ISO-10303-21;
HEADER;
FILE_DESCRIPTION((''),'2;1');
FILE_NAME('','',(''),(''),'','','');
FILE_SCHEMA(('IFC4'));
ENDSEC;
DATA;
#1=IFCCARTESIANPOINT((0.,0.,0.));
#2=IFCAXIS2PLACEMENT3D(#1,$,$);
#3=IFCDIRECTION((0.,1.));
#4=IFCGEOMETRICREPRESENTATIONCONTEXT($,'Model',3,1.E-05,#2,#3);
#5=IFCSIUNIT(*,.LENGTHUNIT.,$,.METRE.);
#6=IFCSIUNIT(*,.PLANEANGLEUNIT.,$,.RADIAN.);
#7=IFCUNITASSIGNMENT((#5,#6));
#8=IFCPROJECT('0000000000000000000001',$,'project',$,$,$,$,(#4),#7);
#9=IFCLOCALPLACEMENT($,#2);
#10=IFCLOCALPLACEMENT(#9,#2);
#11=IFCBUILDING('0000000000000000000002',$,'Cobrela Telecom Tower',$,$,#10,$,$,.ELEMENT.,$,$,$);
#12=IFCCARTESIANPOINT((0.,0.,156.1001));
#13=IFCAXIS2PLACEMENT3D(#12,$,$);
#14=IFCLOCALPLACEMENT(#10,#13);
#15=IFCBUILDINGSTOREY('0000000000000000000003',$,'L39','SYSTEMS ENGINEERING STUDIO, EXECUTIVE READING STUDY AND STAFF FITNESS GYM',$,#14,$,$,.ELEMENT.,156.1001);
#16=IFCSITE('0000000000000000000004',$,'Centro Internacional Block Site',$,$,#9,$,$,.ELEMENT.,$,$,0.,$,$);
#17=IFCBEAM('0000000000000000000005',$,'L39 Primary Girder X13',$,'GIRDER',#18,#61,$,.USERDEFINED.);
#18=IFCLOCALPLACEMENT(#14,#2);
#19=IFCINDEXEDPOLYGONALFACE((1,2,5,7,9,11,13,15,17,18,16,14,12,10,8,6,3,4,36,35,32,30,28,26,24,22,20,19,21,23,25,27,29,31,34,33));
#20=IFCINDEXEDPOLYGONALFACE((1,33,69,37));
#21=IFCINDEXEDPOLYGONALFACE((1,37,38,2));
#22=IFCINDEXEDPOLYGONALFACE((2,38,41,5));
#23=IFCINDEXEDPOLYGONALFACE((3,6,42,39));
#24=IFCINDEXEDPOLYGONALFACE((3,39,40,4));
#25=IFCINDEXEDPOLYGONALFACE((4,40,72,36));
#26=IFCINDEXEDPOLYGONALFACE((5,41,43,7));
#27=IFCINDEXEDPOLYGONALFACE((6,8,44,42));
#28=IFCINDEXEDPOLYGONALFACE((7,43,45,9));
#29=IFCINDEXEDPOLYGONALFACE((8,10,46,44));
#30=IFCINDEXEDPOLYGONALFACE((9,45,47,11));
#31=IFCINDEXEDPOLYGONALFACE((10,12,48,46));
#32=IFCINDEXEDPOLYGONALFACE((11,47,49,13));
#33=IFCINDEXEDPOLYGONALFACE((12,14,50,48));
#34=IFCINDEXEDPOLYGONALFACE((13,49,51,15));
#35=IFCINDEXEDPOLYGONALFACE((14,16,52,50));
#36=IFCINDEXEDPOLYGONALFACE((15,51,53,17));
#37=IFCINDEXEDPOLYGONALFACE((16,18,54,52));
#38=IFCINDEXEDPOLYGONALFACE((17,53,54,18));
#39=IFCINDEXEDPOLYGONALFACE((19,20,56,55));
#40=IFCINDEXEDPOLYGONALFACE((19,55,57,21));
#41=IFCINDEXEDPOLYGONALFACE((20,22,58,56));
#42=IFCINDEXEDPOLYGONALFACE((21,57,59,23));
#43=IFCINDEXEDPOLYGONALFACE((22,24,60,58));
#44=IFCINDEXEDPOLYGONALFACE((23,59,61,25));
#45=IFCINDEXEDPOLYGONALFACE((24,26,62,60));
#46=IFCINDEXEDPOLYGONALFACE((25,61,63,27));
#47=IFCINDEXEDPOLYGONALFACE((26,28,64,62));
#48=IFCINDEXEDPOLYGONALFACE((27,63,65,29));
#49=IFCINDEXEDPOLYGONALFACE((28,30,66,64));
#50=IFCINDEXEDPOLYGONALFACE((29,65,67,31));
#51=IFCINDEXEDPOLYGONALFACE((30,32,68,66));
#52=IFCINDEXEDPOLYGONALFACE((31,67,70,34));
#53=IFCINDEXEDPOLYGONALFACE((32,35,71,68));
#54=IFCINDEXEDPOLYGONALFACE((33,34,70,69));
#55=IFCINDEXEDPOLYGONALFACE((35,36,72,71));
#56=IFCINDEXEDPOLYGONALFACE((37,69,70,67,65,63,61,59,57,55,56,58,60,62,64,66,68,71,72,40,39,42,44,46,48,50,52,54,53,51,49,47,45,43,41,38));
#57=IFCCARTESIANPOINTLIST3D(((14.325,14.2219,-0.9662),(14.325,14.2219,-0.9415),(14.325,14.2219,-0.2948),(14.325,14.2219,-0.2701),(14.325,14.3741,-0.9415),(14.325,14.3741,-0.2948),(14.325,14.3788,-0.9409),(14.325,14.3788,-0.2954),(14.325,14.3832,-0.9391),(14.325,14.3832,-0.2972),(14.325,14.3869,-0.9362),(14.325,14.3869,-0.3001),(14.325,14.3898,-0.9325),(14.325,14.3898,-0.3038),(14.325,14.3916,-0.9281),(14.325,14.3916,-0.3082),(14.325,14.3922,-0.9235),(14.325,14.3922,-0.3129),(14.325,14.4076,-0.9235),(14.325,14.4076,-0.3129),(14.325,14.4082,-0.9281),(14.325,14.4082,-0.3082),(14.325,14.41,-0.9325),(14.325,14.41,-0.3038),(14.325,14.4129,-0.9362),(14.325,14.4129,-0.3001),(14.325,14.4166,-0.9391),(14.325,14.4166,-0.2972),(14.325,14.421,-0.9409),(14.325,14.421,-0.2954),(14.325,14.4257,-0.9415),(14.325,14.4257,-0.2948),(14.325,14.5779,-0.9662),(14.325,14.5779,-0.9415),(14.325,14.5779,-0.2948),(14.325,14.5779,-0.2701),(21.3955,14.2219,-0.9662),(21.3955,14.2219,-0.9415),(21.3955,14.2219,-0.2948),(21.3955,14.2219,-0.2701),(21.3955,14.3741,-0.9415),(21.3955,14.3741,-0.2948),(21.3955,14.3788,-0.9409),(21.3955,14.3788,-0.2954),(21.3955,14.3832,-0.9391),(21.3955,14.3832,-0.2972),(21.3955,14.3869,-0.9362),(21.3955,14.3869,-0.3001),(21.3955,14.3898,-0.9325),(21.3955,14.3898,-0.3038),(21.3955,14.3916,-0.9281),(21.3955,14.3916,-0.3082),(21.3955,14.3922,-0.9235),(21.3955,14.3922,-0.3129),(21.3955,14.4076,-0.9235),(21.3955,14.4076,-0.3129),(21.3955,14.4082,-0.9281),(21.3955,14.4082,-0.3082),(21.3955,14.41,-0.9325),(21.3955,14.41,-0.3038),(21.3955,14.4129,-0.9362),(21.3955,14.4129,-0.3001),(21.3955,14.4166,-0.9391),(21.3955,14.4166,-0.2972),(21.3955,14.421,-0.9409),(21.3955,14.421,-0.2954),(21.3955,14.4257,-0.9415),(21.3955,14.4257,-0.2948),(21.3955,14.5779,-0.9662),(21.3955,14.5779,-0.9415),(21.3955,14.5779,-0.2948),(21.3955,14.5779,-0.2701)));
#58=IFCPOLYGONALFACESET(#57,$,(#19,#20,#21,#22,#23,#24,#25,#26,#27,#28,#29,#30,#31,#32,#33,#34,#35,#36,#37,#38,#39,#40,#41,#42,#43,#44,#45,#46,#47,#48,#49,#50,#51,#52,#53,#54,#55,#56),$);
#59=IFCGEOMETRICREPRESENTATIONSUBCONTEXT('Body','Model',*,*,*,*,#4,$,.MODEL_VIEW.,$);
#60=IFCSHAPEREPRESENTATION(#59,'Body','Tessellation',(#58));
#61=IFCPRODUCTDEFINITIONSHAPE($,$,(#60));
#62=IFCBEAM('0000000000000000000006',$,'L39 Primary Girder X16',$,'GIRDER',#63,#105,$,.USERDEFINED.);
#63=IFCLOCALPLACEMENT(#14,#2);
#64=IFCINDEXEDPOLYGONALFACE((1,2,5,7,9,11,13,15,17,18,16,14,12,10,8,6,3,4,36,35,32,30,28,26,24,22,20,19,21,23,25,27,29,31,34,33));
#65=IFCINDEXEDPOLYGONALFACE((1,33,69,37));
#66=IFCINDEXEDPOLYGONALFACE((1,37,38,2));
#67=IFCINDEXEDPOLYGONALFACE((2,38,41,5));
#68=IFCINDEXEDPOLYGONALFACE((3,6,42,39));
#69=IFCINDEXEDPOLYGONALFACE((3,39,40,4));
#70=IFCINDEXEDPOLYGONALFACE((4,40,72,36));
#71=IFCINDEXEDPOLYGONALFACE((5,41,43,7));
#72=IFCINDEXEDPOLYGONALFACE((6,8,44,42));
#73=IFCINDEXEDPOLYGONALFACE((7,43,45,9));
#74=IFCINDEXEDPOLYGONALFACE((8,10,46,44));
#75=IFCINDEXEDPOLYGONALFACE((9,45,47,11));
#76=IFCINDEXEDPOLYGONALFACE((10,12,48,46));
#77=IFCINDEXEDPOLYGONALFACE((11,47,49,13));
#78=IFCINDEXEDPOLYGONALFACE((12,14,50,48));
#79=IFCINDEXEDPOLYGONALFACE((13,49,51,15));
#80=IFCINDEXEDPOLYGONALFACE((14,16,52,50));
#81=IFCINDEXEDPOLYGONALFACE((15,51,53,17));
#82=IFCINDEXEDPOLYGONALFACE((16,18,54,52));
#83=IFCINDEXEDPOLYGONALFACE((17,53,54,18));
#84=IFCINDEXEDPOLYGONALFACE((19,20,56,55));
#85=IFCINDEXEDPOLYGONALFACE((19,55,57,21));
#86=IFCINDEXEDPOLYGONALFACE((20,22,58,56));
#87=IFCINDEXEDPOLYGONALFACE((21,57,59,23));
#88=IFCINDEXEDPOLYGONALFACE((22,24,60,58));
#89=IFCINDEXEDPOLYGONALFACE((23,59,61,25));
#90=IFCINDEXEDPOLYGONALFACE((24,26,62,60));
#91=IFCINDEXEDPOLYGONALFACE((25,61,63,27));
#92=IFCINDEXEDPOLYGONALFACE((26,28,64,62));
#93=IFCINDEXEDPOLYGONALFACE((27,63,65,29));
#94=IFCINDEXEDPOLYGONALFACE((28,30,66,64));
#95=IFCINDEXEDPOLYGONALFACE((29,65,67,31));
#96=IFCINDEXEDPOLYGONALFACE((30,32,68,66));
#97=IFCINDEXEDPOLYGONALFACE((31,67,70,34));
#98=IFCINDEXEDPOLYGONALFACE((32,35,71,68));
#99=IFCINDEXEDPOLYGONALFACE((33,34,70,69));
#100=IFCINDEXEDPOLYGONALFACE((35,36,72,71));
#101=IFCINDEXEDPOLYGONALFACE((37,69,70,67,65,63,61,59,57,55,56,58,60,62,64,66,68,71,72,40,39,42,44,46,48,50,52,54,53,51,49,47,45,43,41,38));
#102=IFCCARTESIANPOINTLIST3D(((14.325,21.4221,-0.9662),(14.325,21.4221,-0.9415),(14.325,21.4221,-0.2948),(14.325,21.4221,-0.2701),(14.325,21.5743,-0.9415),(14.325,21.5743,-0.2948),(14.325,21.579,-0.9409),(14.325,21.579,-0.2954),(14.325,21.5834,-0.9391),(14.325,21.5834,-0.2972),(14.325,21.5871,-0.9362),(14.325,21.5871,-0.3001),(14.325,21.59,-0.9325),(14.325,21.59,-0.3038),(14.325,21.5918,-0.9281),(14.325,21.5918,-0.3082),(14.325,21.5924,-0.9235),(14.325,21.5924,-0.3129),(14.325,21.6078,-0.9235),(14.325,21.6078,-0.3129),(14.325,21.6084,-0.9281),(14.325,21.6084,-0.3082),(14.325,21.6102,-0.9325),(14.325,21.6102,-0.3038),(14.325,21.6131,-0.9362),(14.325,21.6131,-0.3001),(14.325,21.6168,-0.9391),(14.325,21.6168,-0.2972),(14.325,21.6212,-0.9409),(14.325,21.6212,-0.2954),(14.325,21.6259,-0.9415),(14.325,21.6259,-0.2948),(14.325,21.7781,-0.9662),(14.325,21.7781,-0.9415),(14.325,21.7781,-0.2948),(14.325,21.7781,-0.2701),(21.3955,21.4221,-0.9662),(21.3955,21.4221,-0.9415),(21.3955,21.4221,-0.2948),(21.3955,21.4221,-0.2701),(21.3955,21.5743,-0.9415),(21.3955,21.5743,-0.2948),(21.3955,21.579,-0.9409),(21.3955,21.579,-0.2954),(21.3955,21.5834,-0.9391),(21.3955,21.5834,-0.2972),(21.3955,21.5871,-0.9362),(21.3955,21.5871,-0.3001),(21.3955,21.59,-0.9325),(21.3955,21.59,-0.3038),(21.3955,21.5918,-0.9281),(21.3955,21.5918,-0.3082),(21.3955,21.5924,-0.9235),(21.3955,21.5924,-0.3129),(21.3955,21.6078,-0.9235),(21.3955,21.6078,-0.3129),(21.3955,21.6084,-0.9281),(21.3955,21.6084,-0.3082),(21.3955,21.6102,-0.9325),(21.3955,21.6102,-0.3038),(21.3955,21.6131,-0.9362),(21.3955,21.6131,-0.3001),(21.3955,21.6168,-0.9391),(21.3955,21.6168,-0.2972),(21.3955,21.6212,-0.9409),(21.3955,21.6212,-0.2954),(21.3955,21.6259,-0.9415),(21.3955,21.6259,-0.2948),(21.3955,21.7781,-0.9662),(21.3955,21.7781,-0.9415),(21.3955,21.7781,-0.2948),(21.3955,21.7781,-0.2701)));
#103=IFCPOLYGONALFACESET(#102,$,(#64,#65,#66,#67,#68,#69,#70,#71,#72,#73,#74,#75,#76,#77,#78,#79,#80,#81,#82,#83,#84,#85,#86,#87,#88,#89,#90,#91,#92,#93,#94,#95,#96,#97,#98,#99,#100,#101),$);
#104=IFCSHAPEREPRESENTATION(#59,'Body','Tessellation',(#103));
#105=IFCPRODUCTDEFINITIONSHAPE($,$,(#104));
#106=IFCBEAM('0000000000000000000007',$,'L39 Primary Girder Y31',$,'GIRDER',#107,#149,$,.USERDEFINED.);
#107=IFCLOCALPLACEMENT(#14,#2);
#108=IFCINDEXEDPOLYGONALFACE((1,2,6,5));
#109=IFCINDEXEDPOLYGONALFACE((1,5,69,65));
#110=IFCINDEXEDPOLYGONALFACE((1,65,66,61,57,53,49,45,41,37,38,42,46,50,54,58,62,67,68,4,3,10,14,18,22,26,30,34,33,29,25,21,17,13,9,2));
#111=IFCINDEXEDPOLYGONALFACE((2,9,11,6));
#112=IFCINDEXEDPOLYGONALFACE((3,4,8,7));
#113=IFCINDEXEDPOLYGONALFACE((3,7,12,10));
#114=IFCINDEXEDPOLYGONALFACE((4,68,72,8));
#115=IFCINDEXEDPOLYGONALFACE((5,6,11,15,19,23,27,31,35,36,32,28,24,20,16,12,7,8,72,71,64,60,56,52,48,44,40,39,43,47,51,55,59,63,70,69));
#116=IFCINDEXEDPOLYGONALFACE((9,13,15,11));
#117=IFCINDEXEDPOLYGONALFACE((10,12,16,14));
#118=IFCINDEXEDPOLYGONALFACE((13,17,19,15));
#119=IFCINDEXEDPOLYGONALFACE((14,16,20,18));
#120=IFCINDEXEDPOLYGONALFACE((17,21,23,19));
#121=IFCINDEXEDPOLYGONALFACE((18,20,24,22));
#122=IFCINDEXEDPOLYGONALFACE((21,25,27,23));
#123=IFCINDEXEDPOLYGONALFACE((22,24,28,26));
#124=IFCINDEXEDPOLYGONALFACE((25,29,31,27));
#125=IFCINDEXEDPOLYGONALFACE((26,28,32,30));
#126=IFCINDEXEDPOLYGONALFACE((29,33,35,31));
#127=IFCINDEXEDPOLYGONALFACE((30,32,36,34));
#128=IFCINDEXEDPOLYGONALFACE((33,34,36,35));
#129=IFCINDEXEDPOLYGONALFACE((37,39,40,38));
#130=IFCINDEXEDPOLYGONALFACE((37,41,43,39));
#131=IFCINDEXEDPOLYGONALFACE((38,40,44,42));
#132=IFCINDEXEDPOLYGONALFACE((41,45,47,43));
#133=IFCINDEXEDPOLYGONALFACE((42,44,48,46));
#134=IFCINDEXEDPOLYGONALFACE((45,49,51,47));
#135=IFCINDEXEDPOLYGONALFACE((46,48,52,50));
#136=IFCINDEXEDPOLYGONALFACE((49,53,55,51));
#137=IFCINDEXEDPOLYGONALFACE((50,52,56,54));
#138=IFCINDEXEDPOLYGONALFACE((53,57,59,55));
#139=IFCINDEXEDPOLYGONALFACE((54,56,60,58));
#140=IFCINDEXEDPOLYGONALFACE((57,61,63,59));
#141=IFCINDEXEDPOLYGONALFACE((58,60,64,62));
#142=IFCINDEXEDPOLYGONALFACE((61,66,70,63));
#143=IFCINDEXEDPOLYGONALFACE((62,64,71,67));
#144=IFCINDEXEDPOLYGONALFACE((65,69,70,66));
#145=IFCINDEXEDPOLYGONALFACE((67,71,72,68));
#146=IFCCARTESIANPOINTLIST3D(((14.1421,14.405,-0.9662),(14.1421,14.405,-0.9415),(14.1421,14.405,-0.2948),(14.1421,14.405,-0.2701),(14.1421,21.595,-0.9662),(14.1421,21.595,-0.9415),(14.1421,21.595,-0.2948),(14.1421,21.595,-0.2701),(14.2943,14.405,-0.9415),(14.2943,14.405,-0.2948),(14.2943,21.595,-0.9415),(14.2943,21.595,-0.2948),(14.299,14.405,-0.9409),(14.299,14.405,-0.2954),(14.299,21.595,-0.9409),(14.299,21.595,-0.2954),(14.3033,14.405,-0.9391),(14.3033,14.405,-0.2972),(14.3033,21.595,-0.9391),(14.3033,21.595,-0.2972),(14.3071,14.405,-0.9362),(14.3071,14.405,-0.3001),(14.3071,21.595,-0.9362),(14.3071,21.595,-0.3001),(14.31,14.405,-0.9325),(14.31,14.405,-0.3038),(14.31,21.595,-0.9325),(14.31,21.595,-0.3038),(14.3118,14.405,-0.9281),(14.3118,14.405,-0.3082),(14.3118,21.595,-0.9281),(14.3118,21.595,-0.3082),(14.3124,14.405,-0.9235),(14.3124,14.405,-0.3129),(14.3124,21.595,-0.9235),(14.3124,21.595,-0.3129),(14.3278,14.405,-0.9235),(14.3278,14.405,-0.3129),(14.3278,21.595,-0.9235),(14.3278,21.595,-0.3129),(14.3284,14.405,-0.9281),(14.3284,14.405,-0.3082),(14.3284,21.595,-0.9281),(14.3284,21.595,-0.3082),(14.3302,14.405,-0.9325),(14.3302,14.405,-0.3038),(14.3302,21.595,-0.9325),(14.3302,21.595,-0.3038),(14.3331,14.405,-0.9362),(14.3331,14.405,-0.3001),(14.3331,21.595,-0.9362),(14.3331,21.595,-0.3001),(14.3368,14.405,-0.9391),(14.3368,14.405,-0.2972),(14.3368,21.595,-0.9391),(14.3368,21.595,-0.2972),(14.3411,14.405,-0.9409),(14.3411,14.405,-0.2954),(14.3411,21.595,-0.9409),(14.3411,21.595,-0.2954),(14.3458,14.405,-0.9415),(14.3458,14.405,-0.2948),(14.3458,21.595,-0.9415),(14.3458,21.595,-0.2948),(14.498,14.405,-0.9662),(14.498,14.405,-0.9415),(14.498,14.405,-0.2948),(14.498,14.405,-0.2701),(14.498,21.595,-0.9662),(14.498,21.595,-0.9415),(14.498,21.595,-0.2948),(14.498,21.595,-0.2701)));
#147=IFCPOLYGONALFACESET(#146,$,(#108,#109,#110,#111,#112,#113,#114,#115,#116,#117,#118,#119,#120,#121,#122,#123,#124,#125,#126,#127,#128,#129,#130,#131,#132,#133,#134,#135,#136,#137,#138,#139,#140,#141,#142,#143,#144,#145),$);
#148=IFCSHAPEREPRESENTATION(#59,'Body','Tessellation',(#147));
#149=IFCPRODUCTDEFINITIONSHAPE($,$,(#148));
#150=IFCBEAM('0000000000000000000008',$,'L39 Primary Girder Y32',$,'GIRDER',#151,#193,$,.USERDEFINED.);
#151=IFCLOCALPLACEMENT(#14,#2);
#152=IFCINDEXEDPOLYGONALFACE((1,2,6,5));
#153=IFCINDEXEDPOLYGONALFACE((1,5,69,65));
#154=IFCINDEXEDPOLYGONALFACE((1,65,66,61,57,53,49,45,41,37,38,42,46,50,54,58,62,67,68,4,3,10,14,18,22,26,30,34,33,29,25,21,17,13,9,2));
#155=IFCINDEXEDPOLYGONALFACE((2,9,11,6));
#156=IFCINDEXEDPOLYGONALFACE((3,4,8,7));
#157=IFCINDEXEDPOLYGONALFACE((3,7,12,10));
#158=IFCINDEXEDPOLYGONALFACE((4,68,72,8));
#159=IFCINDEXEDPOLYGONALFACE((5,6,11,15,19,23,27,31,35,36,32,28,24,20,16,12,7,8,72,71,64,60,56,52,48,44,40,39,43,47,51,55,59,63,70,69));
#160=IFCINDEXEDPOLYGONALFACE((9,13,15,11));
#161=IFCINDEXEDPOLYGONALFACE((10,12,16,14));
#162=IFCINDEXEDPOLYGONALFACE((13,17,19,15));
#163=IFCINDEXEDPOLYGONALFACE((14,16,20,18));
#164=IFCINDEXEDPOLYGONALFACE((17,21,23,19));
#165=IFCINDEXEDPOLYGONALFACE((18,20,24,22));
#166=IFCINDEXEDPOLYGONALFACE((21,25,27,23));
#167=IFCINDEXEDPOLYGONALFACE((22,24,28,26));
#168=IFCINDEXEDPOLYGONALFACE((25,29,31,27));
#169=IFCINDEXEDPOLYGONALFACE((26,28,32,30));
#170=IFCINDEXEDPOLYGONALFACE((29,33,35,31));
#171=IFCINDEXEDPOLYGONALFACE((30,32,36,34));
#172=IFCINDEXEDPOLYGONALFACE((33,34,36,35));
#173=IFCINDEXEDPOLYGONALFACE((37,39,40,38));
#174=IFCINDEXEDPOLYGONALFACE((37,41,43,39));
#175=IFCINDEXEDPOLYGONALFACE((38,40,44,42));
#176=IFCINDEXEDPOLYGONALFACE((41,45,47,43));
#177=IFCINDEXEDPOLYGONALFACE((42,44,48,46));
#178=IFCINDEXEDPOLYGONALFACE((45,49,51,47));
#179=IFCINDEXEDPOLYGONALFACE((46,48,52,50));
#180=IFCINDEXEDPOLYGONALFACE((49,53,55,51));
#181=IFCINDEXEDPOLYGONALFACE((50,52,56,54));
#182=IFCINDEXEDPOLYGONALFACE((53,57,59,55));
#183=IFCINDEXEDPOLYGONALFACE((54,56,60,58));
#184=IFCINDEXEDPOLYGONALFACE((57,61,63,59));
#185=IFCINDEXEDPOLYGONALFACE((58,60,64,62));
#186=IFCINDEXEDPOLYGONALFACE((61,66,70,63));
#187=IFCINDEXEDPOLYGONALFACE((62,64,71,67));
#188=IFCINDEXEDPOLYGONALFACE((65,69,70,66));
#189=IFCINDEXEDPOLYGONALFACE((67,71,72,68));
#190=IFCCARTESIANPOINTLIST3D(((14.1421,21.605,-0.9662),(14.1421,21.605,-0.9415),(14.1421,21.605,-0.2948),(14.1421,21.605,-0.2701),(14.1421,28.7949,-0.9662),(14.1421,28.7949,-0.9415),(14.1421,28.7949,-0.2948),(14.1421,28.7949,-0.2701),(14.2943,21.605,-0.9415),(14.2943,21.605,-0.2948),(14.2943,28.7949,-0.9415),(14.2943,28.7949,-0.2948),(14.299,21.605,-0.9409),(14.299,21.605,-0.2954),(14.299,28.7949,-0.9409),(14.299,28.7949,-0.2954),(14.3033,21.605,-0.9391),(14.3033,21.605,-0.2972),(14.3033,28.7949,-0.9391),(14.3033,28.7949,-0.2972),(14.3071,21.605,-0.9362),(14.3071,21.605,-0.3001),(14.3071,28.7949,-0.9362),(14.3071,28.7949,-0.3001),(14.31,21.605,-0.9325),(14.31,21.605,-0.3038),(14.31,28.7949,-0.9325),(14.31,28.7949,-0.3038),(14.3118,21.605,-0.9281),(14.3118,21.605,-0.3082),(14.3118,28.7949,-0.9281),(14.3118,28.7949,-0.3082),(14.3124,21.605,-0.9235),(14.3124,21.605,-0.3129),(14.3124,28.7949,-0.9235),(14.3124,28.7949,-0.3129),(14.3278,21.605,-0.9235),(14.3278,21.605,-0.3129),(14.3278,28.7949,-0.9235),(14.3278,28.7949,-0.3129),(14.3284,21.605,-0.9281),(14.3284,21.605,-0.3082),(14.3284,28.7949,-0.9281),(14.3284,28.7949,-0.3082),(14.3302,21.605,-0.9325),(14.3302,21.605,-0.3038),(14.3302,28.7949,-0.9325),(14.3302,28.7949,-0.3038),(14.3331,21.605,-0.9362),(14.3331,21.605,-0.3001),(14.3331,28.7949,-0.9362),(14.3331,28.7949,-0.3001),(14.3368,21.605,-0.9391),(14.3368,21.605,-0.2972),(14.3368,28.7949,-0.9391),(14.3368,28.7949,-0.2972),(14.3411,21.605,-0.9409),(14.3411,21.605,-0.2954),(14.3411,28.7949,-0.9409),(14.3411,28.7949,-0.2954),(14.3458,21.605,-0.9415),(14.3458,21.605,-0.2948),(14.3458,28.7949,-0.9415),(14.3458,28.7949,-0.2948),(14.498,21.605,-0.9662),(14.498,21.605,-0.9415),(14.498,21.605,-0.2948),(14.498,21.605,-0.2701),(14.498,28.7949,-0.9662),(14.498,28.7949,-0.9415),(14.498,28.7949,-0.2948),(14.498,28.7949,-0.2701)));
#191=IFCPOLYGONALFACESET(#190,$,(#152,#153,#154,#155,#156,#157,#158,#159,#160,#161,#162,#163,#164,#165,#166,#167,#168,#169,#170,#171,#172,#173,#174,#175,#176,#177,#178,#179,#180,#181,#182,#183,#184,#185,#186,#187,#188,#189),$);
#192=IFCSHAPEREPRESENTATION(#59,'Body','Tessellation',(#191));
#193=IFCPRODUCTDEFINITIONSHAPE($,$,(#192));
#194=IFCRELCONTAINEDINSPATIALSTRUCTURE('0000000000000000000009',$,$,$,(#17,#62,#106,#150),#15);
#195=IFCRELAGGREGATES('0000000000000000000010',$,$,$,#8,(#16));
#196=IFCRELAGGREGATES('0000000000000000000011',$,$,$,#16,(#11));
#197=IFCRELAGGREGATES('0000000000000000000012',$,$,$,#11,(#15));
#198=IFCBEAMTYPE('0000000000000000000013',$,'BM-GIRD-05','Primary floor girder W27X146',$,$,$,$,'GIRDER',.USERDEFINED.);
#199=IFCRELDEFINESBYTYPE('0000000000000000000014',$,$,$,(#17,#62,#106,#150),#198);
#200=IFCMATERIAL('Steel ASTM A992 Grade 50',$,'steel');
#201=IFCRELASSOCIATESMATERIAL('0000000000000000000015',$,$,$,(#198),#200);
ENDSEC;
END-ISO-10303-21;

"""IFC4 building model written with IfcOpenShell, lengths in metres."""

from ifc_helpers import new_model, si_unit, direction, frame, origin, origin_2d, place, context, subcontext, project, spatial, i_section, extrude, material, material_profile, profile_set, type_object, element, save


model = new_model("IFC4")

# Units and contexts
model_context = context("Model", 3, precision=1e-05, world=origin(), true_north=direction((0.0, 1.0)))
body_context = subcontext(model_context, "Body", "Model", "MODEL_VIEW")
ifc_project = project(units=[si_unit("LENGTHUNIT", "METRE"), si_unit("PLANEANGLEUNIT", "RADIAN")], contexts=[model_context])

# Site, building, storey
site_placement = place(None, origin())
site = spatial("IfcSite", under=ifc_project, at=site_placement, Name="Centro Internacional Block Site", CompositionType="ELEMENT", RefElevation=0.0)
building_placement = place(site_placement, origin())
building = spatial("IfcBuilding", under=site, at=building_placement, Name="Cobrela Telecom Tower", CompositionType="ELEMENT")
storey_placement = place(building_placement, frame((0.0, 0.0, 156.1001)))
storey = spatial("IfcBuildingStorey", under=building, at=storey_placement, Name="L39", Description="SYSTEMS ENGINEERING STUDIO, EXECUTIVE READING STUDY AND STAFF FITNESS GYM", CompositionType="ELEMENT", Elevation=156.1001)

# Beams
ifc_material_1 = material(Name="Steel ASTM A992 Grade 50", Category="steel")
ifc_material_profile_1 = material_profile(ifc_material_1, i_section(OverallWidth=0.356, OverallDepth=0.696, WebThickness=0.0154, FlangeThickness=0.0247, FilletRadius=0.0181, at=origin_2d()), Name="W27X146")
ifc_profile_set_1 = profile_set([ifc_material_profile_1], Name="Steel ASTM A992 Grade 50")
beam_type_1 = type_object("IfcBeamType", Name="BM-GIRD-05", Description="Primary floor girder W27X146", ElementType="GIRDER", PredefinedType="USERDEFINED", material=ifc_profile_set_1)
for number, where, z_axis, x_axis, name in (
    (1, (14.325, 14.3999, -0.6182), (1.0, 0.0, 0.0), (0.0, 1.0, 0.0), "L39 Primary Girder X13"),
    (2, (14.325, 21.6001, -0.6182), (1.0, 0.0, 0.0), (0.0, 1.0, 0.0), "L39 Primary Girder X16"),
):
    element("IfcBeam", number, at=place(storey_placement, frame(where, z_axis=z_axis, x_axis=x_axis)), inside=storey, type_object=beam_type_1, Name=name, ObjectType="GIRDER", PredefinedType="USERDEFINED", context=body_context, shape_type="SweptSolid", body=[
        extrude(i_section(OverallWidth=0.356, OverallDepth=0.696, WebThickness=0.0154, FlangeThickness=0.0247, FilletRadius=0.0181, at=origin_2d()), origin(), (0.0, 0.0, 1.0), 7.0706),
    ])
for number, where, z_axis, x_axis, name in (
    (3, (14.3201, 14.405, -0.6182), (0.0, 1.0, 0.0), (-1.0, 0.0, 0.0), "L39 Primary Girder Y31"),
    (4, (14.3201, 21.605, -0.6182), (0.0, 1.0, 0.0), (-1.0, 0.0, 0.0), "L39 Primary Girder Y32"),
):
    element("IfcBeam", number, at=place(storey_placement, frame(where, z_axis=z_axis, x_axis=x_axis)), inside=storey, type_object=beam_type_1, Name=name, ObjectType="GIRDER", PredefinedType="USERDEFINED", context=body_context, shape_type="SweptSolid", body=[
        extrude(i_section(OverallWidth=0.356, OverallDepth=0.696, WebThickness=0.0154, FlangeThickness=0.0247, FilletRadius=0.0181, at=origin_2d()), origin(), (0.0, 0.0, 1.0), 7.1899),
    ])

save(model, "model.ifc")
